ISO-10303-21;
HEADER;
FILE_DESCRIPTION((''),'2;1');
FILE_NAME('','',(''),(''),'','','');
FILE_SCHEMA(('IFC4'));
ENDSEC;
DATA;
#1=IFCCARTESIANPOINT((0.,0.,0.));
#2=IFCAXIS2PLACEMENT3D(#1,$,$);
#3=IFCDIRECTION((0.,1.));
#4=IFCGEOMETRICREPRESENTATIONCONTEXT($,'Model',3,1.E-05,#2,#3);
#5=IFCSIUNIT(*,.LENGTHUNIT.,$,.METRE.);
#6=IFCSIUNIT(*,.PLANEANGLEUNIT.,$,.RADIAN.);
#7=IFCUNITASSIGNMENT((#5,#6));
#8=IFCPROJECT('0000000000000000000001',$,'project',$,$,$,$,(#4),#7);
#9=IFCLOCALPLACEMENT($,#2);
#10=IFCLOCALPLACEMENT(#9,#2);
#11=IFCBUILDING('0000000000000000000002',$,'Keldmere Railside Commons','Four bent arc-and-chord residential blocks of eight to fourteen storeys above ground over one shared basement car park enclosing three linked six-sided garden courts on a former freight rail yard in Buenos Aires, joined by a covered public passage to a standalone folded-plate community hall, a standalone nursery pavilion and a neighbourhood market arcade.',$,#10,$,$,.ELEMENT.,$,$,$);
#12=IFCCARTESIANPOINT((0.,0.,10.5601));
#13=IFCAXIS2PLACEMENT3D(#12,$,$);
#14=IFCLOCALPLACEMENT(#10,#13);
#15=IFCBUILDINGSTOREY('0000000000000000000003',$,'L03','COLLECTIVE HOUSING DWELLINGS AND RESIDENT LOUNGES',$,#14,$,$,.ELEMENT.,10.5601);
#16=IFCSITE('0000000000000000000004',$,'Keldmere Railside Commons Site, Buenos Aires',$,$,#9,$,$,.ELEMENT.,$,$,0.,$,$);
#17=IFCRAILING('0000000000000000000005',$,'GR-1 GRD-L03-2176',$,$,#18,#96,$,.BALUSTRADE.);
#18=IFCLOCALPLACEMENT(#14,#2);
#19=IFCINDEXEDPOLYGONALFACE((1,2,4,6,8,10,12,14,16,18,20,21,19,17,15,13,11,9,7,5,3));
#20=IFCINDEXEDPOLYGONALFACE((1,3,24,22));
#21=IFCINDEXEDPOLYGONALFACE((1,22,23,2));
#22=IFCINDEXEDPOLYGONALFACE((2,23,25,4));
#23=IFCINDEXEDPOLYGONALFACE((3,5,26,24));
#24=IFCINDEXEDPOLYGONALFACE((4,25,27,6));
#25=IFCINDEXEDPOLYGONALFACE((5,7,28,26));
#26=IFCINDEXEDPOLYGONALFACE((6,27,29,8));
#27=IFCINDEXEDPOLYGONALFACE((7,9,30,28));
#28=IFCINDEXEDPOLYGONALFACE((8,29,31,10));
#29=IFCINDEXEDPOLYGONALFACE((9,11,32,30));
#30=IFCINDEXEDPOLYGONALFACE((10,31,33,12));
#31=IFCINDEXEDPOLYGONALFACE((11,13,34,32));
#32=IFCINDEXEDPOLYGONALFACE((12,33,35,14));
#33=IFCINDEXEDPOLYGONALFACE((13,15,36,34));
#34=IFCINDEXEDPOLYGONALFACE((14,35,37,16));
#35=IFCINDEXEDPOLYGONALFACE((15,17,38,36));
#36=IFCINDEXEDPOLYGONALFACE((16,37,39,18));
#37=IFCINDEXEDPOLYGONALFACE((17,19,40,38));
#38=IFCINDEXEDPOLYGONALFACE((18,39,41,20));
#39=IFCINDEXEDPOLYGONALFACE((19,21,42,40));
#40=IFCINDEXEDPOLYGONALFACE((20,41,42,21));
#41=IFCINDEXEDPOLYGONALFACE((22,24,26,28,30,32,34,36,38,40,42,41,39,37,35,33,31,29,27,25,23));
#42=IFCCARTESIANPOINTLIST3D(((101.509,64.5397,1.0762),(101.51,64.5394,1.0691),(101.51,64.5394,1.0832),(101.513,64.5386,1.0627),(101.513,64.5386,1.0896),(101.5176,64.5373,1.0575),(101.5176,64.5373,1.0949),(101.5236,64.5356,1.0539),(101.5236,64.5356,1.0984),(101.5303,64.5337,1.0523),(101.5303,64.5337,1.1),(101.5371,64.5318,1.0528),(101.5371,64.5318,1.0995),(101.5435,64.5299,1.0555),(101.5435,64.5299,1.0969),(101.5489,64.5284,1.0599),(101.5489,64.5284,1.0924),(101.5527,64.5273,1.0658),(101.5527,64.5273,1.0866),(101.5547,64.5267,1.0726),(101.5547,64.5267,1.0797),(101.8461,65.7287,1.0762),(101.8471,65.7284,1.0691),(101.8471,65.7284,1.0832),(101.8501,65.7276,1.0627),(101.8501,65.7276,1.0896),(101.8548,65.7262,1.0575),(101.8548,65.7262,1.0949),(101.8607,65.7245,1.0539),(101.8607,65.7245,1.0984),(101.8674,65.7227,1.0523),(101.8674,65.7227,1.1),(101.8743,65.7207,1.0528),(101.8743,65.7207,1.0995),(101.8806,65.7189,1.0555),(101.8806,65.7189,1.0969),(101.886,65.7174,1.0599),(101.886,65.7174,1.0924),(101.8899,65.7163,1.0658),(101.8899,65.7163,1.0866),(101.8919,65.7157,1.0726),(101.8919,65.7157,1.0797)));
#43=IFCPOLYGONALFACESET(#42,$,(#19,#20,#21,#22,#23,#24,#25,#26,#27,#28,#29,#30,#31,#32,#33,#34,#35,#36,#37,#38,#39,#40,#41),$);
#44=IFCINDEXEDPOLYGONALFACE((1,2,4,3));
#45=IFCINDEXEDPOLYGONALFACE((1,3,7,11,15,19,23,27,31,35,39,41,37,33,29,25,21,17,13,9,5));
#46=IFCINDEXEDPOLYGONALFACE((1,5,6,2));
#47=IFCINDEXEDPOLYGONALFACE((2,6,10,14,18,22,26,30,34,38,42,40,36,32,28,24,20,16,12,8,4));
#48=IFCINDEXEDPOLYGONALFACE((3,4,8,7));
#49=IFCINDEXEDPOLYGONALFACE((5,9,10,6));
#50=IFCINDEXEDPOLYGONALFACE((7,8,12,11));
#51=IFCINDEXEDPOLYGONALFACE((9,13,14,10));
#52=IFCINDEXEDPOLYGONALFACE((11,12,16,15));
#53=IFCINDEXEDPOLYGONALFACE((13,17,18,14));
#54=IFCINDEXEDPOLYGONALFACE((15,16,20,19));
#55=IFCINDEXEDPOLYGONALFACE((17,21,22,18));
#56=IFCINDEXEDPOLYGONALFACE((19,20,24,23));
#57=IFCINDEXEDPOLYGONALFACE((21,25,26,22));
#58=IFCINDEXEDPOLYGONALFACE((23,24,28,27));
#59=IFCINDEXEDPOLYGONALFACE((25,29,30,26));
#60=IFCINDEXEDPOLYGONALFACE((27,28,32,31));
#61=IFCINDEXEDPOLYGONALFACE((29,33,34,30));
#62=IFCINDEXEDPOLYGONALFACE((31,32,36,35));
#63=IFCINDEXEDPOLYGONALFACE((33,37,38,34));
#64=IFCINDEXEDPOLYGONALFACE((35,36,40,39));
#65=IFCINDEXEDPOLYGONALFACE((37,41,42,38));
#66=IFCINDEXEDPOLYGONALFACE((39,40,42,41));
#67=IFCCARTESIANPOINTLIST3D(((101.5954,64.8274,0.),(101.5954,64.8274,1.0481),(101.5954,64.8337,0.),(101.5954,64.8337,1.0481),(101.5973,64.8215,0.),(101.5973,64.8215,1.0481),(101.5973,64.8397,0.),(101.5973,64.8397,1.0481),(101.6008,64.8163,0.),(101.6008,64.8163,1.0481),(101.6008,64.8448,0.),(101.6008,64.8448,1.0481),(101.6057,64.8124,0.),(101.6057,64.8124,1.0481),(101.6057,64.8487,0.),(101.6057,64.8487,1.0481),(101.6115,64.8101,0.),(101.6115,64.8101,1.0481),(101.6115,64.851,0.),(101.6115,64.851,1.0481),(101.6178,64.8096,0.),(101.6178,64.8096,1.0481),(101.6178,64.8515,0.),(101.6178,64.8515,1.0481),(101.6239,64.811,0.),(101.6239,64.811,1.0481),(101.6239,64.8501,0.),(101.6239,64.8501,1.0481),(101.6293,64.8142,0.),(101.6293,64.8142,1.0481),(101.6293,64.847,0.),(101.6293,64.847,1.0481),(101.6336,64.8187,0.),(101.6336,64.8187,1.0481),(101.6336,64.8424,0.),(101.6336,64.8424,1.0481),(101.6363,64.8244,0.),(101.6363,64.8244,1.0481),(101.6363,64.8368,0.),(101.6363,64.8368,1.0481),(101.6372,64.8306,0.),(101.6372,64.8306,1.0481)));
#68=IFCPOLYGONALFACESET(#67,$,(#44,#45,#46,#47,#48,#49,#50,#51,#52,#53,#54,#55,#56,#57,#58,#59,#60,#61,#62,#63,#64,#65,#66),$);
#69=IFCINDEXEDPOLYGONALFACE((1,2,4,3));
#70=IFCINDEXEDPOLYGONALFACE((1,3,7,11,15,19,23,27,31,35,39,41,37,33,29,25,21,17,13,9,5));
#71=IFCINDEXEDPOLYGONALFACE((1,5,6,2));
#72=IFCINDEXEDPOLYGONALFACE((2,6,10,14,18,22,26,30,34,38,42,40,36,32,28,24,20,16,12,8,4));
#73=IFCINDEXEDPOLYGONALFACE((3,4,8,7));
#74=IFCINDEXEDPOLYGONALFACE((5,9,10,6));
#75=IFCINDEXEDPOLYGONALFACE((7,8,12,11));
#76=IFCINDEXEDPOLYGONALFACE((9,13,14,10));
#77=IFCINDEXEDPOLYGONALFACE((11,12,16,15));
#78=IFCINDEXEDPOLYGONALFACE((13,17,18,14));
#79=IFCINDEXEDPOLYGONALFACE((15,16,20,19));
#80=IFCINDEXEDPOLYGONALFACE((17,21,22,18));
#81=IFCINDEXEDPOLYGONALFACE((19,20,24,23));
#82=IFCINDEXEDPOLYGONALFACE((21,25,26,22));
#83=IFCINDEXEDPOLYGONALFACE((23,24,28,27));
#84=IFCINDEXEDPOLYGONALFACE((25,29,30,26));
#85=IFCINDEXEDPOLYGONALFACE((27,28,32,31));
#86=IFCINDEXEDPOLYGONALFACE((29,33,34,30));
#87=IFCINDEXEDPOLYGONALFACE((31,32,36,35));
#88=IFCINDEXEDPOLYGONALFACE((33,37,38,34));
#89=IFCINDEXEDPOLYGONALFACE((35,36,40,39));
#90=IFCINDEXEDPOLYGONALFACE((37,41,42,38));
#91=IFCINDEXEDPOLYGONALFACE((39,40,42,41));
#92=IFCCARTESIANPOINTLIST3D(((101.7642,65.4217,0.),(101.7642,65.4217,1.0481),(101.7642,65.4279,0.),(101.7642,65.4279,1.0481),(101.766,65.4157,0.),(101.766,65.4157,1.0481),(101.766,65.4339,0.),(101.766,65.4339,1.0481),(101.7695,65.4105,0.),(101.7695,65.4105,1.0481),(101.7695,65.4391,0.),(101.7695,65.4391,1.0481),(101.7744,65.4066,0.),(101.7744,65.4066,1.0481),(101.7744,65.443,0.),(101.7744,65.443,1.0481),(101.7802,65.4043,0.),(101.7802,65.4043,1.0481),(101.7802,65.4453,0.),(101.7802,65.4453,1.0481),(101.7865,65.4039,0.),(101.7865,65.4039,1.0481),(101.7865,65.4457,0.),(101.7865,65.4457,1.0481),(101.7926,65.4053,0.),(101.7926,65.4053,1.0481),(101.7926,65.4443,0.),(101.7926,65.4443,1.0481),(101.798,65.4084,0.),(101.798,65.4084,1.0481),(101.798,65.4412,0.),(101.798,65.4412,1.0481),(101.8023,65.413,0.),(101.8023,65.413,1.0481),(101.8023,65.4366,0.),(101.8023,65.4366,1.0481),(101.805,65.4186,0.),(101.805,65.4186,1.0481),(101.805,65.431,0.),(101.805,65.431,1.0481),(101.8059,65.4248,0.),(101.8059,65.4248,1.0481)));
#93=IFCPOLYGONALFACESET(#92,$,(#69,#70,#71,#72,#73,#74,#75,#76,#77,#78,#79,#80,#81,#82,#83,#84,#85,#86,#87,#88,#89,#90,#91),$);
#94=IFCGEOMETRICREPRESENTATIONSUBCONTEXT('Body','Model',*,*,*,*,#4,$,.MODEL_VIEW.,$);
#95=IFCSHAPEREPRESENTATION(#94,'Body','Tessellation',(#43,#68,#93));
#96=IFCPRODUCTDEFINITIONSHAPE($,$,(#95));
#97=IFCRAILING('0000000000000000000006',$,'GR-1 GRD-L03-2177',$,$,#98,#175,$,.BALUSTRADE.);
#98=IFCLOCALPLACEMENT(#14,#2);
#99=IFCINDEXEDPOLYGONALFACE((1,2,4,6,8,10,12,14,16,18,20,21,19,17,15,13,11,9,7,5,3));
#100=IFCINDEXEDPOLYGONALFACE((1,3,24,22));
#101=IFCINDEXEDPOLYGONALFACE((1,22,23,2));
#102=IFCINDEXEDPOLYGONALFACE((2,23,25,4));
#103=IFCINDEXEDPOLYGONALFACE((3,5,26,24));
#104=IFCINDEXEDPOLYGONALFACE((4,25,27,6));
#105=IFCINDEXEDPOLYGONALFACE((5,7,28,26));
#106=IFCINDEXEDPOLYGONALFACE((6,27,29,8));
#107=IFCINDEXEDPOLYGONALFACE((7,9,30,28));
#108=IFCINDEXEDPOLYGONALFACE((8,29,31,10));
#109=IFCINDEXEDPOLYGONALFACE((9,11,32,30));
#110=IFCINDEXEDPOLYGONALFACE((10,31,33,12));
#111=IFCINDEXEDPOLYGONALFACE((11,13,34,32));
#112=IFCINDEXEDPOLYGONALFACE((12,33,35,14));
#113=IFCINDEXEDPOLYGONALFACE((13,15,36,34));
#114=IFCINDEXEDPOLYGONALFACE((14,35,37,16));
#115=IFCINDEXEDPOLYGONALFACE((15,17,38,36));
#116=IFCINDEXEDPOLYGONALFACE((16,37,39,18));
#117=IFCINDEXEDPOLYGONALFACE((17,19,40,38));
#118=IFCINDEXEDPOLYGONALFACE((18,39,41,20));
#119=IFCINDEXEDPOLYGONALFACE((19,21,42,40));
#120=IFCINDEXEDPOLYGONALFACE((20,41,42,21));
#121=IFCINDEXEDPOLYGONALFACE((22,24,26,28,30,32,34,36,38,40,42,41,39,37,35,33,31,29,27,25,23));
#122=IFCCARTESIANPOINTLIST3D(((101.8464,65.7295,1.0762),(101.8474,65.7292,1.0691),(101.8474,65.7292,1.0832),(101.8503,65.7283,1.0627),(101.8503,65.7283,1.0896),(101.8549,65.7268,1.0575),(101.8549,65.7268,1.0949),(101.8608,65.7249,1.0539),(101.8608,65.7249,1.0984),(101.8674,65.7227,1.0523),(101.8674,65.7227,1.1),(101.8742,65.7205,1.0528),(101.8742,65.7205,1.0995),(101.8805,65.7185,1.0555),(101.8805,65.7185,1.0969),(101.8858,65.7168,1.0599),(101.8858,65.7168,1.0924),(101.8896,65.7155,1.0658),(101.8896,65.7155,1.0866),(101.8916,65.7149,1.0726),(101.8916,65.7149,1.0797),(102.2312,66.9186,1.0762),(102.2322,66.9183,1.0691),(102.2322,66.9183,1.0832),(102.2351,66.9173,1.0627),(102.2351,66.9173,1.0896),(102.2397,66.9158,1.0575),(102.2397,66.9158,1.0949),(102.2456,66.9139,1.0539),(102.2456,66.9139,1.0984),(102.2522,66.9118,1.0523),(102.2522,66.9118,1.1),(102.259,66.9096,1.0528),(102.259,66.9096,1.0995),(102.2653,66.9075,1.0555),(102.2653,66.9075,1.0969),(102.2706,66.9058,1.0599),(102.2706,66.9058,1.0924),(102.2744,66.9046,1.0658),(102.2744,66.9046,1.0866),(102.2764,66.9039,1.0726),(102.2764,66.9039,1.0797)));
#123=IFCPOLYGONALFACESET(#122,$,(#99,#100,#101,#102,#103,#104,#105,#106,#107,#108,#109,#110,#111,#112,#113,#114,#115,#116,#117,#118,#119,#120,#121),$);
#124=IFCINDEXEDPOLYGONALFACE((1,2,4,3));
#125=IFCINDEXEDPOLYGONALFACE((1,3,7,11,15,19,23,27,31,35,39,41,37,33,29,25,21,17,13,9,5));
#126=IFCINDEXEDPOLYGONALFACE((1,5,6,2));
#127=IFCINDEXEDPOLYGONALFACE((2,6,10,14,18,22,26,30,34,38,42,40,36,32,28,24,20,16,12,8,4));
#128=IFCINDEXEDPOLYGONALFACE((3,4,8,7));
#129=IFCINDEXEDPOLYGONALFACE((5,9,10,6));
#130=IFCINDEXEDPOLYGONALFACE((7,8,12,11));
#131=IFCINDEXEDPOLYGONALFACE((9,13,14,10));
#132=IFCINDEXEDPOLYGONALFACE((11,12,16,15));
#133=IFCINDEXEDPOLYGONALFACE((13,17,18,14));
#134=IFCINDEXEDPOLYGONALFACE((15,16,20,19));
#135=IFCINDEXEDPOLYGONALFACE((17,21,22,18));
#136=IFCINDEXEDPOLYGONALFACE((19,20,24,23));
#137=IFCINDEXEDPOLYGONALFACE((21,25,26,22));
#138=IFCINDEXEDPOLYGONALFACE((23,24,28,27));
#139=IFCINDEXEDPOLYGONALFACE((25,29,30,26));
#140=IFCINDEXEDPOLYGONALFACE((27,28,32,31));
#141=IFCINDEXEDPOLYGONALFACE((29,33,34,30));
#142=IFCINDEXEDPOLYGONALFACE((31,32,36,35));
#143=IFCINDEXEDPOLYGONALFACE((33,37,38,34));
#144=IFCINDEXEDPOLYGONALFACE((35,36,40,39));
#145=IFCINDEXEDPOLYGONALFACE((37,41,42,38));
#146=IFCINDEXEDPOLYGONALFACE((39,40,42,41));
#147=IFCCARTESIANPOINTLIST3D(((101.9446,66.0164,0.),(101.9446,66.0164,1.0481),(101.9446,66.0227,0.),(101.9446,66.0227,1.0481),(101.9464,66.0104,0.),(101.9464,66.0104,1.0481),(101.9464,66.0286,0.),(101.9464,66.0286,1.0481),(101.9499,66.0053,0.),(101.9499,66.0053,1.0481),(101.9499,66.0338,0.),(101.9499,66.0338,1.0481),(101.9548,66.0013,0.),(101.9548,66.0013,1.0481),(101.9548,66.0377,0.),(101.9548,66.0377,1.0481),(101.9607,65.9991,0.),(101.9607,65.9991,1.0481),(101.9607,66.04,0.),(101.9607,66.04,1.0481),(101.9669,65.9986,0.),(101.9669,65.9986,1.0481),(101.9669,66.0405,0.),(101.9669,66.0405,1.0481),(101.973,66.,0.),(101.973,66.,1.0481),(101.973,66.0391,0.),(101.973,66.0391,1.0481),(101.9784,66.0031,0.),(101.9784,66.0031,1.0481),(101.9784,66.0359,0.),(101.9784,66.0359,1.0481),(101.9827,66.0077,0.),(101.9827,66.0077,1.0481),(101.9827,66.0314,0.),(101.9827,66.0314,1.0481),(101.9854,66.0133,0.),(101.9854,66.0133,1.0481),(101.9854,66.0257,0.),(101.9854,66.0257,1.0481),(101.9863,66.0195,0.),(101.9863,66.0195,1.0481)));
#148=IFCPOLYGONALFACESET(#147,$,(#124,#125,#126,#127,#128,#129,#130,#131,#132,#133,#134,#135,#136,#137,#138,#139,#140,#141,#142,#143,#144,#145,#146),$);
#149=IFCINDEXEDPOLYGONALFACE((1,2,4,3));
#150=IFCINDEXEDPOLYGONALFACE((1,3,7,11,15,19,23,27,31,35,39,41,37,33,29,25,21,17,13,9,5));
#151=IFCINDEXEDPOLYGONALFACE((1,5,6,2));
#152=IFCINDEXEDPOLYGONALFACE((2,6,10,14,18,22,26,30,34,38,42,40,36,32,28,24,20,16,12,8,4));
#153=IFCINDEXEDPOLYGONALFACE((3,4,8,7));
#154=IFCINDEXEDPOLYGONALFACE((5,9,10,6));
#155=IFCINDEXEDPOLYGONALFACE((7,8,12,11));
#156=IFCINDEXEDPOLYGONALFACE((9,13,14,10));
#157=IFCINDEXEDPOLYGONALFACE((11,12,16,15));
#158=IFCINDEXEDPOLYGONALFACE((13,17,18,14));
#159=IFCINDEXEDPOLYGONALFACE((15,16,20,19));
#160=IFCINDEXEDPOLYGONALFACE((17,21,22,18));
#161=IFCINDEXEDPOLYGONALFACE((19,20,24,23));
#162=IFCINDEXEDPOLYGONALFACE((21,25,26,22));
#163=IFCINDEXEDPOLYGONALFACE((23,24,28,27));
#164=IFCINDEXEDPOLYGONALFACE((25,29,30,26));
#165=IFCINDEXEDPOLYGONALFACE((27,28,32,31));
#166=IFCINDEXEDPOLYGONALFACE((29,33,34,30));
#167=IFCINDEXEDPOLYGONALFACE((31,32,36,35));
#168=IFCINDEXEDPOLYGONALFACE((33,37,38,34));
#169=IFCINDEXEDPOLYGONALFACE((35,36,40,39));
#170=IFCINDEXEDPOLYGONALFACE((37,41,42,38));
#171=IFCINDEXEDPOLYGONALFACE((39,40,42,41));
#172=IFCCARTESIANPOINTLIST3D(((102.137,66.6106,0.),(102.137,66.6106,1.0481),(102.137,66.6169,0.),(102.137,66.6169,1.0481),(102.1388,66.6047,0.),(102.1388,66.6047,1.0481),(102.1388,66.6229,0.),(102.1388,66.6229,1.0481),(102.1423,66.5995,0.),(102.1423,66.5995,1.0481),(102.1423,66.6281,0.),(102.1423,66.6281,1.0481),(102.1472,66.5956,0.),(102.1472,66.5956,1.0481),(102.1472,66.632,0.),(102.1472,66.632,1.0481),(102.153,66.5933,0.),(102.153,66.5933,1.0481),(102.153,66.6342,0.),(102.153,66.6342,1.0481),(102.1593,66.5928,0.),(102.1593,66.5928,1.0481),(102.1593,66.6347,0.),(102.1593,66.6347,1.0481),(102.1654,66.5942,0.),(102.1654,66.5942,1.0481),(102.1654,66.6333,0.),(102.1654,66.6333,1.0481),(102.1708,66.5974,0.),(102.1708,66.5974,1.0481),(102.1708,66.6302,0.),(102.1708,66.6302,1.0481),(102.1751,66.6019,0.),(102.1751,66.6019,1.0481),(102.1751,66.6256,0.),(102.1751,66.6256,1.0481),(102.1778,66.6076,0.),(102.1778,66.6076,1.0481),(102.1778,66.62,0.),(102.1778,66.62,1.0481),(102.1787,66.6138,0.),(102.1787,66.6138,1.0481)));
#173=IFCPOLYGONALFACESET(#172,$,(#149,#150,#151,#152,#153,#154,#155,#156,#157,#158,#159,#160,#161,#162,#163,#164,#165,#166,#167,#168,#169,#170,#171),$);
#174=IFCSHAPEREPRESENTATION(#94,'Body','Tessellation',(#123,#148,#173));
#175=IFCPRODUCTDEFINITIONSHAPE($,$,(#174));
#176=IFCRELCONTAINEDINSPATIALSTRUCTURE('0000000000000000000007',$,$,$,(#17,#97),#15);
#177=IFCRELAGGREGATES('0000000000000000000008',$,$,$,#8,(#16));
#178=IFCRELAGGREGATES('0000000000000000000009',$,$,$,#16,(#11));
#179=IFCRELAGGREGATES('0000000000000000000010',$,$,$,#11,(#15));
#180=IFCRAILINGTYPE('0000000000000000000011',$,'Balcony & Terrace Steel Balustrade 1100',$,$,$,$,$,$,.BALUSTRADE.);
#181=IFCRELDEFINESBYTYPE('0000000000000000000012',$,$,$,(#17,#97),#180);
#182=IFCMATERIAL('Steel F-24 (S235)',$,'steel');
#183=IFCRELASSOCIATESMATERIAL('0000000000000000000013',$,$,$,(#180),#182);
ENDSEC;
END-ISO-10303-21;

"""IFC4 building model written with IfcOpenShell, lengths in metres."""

from ifc_helpers import new_model, si_unit, direction, frame, origin, origin_2d, place, context, subcontext, project, spatial, circle, extrude, material, type_object, element, save


model = new_model("IFC4")

# Units and contexts
model_context = context("Model", 3, precision=1e-05, world=origin(), true_north=direction((0.0, 1.0)))
body_context = subcontext(model_context, "Body", "Model", "MODEL_VIEW")
ifc_project = project(units=[si_unit("LENGTHUNIT", "METRE"), si_unit("PLANEANGLEUNIT", "RADIAN")], contexts=[model_context])

# Site, building, storey
site_placement = place(None, origin())
site = spatial("IfcSite", under=ifc_project, at=site_placement, Name="Keldmere Railside Commons Site, Buenos Aires", CompositionType="ELEMENT", RefElevation=0.0)
building_placement = place(site_placement, origin())
building = spatial("IfcBuilding", under=site, at=building_placement, Name="Keldmere Railside Commons", Description="Four bent arc-and-chord residential blocks of eight to fourteen storeys above ground over one shared basement car park enclosing three linked six-sided garden courts on a former freight rail yard in Buenos Aires, joined by a covered public passage to a standalone folded-plate community hall, a standalone nursery pavilion and a neighbourhood market arcade.", CompositionType="ELEMENT")
storey_placement = place(building_placement, frame((0.0, 0.0, 10.5601)))
storey = spatial("IfcBuildingStorey", under=building, at=storey_placement, Name="L03", Description="COLLECTIVE HOUSING DWELLINGS AND RESIDENT LOUNGES", CompositionType="ELEMENT", Elevation=10.5601)

# Railings
ifc_material_1 = material(Name="Steel F-24 (S235)", Category="steel")
railing_type_1 = type_object("IfcRailingType", Name="Balcony & Terrace Steel Balustrade 1100", PredefinedType="BALUSTRADE", material=ifc_material_1)
railing_1_placement = place(storey_placement, frame((101.532, 64.5332, 0.0)))
element("IfcRailing", 1, at=railing_1_placement, inside=storey, type_object=railing_type_1, Name="GR-1 GRD-L03-2176", PredefinedType="BALUSTRADE", context=body_context, shape_type="SweptSolid", body=[
    extrude(circle(Radius=0.0239, at=origin_2d()), frame((0.0, 0.0, 1.0762), z_axis=(0.272816, 0.962066, 0.0), x_axis=(-0.962066, 0.272816, 0.0)), (0.0, 0.0, 1.0), 1.2358),
    extrude(circle(Radius=0.021, at=origin_2d()), frame((0.0842, 0.2974, 0.0)), (0.0, 0.0, 1.0), 1.0481),
    extrude(circle(Radius=0.021, at=origin_2d()), frame((0.2529, 0.8916, 0.0)), (0.0, 0.0, 1.0), 1.0481),
])
railing_2_placement = place(storey_placement, frame((101.8691, 65.7222, 0.0)))
element("IfcRailing", 2, at=railing_2_placement, inside=storey, type_object=railing_type_1, Name="GR-1 GRD-L03-2177", PredefinedType="BALUSTRADE", context=body_context, shape_type="SweptSolid", body=[
    extrude(circle(Radius=0.0239, at=origin_2d()), frame((0.0, 0.0, 1.0762), z_axis=(0.307893, 0.951421, 0.0), x_axis=(-0.951421, 0.307893, 0.0)), (0.0, 0.0, 1.0), 1.2498),
    extrude(circle(Radius=0.021, at=origin_2d()), frame((0.0962, 0.2974, 0.0)), (0.0, 0.0, 1.0), 1.0481),
    extrude(circle(Radius=0.021, at=origin_2d()), frame((0.2886, 0.8916, 0.0)), (0.0, 0.0, 1.0), 1.0481),
])

save(model, "model.ifc")
